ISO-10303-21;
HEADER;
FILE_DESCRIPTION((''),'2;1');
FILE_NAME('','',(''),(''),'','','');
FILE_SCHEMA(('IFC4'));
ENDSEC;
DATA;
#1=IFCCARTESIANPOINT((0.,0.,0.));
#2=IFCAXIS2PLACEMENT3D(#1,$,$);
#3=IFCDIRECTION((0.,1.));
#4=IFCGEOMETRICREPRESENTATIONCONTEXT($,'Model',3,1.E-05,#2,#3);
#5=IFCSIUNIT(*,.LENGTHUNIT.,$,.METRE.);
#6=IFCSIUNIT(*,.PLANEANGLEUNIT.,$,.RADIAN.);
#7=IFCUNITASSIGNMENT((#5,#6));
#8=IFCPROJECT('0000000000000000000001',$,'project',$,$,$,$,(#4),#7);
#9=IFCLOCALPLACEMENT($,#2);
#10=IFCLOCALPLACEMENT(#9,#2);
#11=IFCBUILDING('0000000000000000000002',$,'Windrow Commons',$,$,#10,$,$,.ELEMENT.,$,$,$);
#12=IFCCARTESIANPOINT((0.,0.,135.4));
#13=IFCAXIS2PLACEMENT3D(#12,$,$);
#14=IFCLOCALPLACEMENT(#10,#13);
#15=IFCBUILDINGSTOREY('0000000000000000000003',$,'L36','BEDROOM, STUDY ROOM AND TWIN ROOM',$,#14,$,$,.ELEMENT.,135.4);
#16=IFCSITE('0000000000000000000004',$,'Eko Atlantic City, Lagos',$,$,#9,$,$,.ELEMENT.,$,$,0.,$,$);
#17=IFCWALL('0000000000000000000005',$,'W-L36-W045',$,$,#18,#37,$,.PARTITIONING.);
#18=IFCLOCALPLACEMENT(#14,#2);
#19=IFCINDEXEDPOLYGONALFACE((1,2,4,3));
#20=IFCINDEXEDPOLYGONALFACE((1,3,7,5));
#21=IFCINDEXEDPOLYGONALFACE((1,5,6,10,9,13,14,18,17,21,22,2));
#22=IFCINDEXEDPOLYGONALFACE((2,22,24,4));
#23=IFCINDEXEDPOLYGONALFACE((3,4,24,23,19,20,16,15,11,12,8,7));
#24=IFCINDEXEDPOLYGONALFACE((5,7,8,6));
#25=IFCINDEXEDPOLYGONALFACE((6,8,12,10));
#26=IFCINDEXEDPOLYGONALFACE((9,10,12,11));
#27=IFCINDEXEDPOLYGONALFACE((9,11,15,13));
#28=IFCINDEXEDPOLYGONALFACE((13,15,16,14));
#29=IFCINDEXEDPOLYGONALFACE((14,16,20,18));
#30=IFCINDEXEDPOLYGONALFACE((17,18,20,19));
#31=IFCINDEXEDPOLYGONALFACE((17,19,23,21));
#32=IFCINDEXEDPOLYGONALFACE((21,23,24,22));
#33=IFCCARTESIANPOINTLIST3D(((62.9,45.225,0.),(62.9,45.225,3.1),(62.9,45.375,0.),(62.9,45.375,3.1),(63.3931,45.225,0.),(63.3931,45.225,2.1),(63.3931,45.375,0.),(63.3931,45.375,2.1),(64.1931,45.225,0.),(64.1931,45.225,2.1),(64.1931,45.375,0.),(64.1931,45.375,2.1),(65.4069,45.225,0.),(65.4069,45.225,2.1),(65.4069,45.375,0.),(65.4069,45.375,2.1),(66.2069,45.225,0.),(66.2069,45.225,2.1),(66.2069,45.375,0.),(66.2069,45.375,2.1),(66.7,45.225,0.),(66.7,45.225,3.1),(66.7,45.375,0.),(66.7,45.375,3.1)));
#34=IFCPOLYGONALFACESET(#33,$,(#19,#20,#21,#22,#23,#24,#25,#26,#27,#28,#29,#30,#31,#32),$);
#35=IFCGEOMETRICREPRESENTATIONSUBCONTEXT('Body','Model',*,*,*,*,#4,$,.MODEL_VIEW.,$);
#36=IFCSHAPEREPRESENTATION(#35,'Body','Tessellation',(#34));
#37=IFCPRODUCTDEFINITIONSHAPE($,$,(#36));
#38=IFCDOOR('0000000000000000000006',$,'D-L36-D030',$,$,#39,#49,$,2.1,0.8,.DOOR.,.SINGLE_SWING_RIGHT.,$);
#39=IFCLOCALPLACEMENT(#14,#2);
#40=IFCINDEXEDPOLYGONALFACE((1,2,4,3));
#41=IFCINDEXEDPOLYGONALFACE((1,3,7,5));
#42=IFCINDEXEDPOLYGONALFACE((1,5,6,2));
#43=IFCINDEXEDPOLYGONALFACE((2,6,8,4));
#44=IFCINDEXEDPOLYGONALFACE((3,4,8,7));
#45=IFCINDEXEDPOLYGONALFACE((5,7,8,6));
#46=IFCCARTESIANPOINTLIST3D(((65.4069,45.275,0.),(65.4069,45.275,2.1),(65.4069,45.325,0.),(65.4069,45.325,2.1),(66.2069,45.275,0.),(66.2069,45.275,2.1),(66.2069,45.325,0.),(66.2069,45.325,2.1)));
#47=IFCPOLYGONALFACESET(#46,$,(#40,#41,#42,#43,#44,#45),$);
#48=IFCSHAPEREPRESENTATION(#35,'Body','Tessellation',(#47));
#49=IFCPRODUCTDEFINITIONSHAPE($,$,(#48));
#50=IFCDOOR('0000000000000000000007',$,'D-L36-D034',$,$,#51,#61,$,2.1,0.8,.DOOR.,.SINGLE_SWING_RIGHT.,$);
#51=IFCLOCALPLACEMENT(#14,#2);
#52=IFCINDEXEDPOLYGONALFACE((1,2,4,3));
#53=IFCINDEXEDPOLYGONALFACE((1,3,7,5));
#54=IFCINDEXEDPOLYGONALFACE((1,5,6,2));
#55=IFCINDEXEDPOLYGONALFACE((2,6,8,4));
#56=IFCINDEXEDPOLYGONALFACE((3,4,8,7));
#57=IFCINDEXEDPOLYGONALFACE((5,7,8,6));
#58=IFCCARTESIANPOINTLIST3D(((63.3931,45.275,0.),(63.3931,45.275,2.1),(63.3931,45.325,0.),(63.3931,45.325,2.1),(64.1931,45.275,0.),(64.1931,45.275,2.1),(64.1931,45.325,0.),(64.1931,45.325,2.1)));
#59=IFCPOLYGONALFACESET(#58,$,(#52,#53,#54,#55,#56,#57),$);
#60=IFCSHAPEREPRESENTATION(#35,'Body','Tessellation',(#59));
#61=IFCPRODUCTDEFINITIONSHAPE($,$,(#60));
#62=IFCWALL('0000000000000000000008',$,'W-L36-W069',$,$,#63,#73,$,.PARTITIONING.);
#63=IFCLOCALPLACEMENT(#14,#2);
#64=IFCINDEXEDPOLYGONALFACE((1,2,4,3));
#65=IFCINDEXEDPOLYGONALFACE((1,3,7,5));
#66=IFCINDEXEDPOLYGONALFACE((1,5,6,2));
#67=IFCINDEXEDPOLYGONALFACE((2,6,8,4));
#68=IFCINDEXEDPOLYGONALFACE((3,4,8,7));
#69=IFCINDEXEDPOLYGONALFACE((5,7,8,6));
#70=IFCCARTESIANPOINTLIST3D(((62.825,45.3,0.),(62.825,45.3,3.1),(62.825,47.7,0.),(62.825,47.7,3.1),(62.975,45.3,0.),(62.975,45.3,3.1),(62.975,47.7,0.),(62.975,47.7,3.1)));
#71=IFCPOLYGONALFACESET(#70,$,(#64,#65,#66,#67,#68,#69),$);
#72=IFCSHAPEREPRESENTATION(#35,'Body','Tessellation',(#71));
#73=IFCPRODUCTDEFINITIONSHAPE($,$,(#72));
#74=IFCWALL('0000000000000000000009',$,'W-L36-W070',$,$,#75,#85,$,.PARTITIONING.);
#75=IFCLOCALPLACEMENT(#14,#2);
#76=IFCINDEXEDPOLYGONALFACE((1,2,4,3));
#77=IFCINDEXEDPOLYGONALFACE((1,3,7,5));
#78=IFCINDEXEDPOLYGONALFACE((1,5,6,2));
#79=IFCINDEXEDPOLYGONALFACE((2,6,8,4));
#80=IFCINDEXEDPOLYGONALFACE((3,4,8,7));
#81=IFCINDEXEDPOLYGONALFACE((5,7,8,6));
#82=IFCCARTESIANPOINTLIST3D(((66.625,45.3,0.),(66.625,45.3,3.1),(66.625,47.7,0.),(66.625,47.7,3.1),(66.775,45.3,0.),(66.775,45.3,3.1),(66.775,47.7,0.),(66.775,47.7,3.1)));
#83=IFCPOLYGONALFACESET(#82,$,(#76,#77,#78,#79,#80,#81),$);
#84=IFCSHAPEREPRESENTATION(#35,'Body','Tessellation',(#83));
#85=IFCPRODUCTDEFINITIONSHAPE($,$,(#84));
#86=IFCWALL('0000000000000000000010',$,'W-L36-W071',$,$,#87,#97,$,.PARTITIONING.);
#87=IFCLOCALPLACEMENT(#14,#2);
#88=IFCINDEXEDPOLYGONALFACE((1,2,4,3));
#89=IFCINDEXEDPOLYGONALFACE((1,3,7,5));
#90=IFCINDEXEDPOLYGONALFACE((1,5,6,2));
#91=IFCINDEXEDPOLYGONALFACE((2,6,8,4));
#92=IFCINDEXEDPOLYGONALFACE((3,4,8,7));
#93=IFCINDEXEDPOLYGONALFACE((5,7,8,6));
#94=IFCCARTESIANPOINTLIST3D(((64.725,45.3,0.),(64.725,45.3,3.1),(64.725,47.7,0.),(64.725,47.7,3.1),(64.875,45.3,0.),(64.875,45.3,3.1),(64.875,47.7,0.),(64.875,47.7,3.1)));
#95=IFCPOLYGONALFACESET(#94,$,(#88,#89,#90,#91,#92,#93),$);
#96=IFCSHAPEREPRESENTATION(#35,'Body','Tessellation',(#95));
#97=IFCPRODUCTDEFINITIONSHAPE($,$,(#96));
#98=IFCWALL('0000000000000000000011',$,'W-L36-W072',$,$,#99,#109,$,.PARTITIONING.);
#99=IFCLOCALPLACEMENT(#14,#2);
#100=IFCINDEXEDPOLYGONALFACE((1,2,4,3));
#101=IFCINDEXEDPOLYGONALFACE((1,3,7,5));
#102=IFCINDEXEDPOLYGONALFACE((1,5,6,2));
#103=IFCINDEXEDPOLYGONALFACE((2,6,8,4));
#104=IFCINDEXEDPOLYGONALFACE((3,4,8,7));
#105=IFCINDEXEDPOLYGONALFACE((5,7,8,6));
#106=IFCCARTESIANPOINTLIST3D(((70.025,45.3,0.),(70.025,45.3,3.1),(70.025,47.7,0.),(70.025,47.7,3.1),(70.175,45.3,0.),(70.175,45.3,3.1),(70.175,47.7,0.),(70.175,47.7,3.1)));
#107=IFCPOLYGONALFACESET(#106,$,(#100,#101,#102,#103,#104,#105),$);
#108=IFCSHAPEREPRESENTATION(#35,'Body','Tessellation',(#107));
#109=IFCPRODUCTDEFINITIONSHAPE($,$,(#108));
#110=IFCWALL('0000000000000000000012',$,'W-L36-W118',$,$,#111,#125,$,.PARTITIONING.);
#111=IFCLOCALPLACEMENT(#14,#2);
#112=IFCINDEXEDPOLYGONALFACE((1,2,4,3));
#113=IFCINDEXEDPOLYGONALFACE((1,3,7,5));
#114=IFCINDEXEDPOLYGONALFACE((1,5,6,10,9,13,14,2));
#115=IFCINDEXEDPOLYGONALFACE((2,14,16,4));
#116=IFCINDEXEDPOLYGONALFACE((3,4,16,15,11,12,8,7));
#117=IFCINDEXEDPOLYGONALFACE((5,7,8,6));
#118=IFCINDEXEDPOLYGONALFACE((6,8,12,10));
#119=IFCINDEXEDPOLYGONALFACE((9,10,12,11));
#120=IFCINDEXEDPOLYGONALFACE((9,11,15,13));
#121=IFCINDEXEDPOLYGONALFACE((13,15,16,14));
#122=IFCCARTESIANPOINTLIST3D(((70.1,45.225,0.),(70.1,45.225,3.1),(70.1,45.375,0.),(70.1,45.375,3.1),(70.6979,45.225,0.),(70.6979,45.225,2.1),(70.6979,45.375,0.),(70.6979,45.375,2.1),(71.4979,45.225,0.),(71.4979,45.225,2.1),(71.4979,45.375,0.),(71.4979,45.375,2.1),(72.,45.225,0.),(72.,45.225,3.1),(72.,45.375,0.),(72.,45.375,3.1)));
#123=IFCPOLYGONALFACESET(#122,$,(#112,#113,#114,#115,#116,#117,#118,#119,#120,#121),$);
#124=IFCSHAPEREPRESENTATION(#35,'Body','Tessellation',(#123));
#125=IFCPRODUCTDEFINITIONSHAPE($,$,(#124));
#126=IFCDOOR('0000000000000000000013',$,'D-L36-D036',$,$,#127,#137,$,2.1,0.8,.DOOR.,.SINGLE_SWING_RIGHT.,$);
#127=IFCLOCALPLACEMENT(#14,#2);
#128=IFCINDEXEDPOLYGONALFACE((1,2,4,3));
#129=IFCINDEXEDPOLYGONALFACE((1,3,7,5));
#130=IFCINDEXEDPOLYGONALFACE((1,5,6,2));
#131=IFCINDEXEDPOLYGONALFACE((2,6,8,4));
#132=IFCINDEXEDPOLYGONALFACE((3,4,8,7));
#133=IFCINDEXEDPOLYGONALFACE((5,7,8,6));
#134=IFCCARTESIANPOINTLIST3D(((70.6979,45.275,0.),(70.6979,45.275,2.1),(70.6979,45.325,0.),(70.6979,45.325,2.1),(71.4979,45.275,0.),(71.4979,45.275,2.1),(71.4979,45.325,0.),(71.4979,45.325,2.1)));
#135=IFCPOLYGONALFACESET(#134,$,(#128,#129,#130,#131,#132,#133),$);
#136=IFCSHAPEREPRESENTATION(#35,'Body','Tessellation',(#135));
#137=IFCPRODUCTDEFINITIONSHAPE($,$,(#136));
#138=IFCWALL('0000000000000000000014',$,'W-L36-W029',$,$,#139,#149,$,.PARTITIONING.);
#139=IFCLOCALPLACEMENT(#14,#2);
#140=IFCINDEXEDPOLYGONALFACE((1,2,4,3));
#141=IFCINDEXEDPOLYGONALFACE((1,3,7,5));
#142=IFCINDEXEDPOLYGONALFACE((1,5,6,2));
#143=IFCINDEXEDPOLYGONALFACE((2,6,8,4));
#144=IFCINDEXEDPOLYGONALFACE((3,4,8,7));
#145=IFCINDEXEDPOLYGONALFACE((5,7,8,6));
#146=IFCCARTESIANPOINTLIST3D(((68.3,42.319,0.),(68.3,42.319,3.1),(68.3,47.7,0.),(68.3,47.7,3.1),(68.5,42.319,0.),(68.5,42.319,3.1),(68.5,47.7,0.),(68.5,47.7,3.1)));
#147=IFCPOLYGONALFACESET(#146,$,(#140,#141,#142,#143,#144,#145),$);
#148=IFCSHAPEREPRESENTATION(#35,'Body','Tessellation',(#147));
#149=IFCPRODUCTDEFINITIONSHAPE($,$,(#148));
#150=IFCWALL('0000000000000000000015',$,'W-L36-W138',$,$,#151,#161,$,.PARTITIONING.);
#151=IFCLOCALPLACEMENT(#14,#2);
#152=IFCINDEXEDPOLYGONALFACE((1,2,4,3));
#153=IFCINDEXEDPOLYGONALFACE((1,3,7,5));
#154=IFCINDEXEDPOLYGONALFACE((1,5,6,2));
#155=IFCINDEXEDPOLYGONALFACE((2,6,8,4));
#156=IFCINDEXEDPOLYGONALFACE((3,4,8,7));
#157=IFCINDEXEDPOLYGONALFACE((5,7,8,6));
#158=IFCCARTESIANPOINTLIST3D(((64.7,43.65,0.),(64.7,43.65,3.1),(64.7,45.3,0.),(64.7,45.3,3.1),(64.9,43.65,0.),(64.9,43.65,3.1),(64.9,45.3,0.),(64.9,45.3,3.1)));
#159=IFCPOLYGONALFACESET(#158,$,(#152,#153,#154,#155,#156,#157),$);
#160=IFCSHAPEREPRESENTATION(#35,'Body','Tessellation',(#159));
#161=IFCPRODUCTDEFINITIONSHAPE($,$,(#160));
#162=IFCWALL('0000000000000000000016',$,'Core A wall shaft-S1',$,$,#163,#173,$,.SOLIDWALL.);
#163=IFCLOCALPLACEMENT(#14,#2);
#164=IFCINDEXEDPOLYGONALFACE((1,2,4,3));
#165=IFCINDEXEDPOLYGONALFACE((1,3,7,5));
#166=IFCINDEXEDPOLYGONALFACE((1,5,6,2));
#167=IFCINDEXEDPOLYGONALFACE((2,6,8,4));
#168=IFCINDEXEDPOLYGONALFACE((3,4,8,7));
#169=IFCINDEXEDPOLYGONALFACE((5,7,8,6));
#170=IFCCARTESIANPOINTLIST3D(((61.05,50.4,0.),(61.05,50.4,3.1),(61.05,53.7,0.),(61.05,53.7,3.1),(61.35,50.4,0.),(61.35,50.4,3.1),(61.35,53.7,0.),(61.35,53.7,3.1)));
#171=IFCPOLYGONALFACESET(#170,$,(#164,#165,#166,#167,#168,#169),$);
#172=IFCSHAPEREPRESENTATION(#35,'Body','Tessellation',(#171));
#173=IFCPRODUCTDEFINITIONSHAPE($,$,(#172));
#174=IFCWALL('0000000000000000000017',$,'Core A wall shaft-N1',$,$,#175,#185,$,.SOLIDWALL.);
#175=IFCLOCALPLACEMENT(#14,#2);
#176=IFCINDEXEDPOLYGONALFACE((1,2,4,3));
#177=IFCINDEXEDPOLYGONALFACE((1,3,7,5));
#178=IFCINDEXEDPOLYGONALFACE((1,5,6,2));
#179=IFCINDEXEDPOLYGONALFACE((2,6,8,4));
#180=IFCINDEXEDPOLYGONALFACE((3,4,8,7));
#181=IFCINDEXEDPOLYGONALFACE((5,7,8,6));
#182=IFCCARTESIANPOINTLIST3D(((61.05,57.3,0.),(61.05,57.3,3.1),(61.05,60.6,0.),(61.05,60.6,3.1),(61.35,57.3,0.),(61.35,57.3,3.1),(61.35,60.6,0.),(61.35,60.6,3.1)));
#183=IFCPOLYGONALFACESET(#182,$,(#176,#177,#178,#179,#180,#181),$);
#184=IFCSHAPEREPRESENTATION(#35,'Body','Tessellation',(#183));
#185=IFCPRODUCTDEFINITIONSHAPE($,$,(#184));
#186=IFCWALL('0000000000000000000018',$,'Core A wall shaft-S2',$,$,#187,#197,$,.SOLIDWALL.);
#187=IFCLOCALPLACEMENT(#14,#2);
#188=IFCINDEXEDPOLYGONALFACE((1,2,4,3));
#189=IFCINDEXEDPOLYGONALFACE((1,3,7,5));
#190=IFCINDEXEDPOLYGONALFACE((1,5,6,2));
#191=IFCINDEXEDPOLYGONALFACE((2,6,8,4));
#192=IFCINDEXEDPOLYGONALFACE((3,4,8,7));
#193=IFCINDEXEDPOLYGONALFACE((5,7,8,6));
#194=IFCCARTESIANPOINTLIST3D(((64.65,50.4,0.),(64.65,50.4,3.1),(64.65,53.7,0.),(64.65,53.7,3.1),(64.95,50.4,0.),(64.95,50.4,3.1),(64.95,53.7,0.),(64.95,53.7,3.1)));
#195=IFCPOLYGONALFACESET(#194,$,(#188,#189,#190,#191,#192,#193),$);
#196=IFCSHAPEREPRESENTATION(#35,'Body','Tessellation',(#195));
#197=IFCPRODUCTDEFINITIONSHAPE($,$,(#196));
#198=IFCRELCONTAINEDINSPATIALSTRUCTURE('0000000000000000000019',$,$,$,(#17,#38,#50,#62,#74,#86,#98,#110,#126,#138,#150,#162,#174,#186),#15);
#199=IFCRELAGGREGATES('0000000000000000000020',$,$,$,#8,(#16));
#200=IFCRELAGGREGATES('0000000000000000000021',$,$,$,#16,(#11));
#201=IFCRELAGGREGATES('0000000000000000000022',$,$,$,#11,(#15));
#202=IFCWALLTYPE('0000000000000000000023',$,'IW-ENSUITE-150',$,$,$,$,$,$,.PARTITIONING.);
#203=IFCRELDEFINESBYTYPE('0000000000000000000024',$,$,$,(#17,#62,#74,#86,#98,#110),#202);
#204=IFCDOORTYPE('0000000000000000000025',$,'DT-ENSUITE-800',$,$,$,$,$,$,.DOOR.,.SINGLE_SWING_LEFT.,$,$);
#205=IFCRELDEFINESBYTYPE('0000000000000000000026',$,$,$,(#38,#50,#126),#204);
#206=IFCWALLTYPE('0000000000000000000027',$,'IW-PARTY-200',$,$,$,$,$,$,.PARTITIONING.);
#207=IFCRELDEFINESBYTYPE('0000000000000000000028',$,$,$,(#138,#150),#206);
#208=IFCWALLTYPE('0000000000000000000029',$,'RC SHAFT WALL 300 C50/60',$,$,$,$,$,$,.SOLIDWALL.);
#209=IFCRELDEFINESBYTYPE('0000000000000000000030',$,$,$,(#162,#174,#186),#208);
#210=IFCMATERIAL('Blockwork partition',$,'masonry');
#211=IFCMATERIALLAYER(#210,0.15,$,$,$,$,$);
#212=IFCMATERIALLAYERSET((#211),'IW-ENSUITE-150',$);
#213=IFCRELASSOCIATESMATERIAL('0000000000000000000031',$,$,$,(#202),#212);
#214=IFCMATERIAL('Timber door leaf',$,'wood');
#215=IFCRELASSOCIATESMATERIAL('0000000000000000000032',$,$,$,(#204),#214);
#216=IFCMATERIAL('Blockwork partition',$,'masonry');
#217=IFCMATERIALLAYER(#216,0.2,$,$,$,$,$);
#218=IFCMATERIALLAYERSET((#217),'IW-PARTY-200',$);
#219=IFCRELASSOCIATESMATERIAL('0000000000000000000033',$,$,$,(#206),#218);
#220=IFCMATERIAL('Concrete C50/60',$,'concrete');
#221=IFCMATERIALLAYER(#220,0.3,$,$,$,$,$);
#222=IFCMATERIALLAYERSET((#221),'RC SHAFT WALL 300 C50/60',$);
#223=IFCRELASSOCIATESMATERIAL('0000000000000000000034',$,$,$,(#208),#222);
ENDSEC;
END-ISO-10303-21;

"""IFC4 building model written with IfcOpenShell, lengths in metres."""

from ifc_helpers import new_model, si_unit, direction, frame, frame_2d, origin, place, context, subcontext, project, spatial, rectangle, extrude, material, layer, layer_set, type_object, element, fill, save


model = new_model("IFC4")

# Units and contexts
model_context = context("Model", 3, precision=1e-05, world=origin(), true_north=direction((0.0, 1.0)))
body_context = subcontext(model_context, "Body", "Model", "MODEL_VIEW")
ifc_project = project(units=[si_unit("LENGTHUNIT", "METRE"), si_unit("PLANEANGLEUNIT", "RADIAN")], contexts=[model_context])

# Site, building, storey
site_placement = place(None, origin())
site = spatial("IfcSite", under=ifc_project, at=site_placement, Name="Eko Atlantic City, Lagos", CompositionType="ELEMENT", RefElevation=0.0)
building_placement = place(site_placement, origin())
building = spatial("IfcBuilding", under=site, at=building_placement, Name="Windrow Commons", CompositionType="ELEMENT")
storey_placement = place(building_placement, frame((0.0, 0.0, 135.4)))
storey = spatial("IfcBuildingStorey", under=building, at=storey_placement, Name="L36", Description="BEDROOM, STUDY ROOM AND TWIN ROOM", CompositionType="ELEMENT", Elevation=135.4)

# Wall, openings, doors
ifc_material_1 = material(Name="Blockwork partition", Category="masonry")
ifc_layer_1 = layer(ifc_material_1, 0.15)
ifc_layer_set_1 = layer_set([ifc_layer_1], Name="IW-ENSUITE-150")
wall_type_1 = type_object("IfcWallType", Name="IW-ENSUITE-150", PredefinedType="PARTITIONING", material=ifc_layer_set_1)
wall_1_placement = place(storey_placement, frame((62.9, 45.3, 0.0), z_axis=(0.0, 0.0, 1.0), x_axis=(1.0, 0.0, 0.0)))
wall_1 = element("IfcWall", 1, at=wall_1_placement, inside=storey, type_object=wall_type_1, Name="W-L36-W045", PredefinedType="PARTITIONING", context=body_context, shape_type="SweptSolid", body=[
    extrude(rectangle(XDim=3.8, YDim=0.15, at=frame_2d((1.9, 0.0))), origin(), (0.0, 0.0, 1.0), 3.1),
])
opening_1_placement = place(wall_1_placement, frame((2.5069, 0.0, 0.0)))
opening_1 = element("IfcOpeningElement", 2, at=opening_1_placement, cuts=wall_1, PredefinedType="OPENING", context=body_context, shape_type="SweptSolid", body=[
    extrude(rectangle(XDim=0.8, YDim=2.1, at=frame_2d((0.4, 1.05))), frame((0.0, 0.085, 0.0), z_axis=(0.0, -1.0, 0.0), x_axis=(1.0, 0.0, 0.0)), (0.0, 0.0, 1.0), 0.17),
])
opening_2_placement = place(wall_1_placement, frame((0.4931, 0.0, 0.0)))
opening_2 = element("IfcOpeningElement", 3, at=opening_2_placement, cuts=wall_1, PredefinedType="OPENING", context=body_context, shape_type="SweptSolid", body=[
    extrude(rectangle(XDim=0.8, YDim=2.1, at=frame_2d((0.4, 1.05))), frame((0.0, 0.085, 0.0), z_axis=(0.0, -1.0, 0.0), x_axis=(1.0, 0.0, 0.0)), (0.0, 0.0, 1.0), 0.17),
])
ifc_material_2 = material(Name="Timber door leaf", Category="wood")
door_type = type_object("IfcDoorType", Name="DT-ENSUITE-800", OperationType="SINGLE_SWING_LEFT", PredefinedType="DOOR", material=ifc_material_2)
door_1_placement = place(opening_1_placement, origin())
door_1 = element("IfcDoor", 4, at=door_1_placement, inside=storey, type_object=door_type, Name="D-L36-D030", OperationType="SINGLE_SWING_RIGHT", OverallHeight=2.1, OverallWidth=0.8, PredefinedType="DOOR", context=body_context, shape_type="SweptSolid", body=[
    extrude(rectangle(XDim=0.8, YDim=2.1, at=frame_2d((0.4, 1.05))), frame((0.0, 0.025, 0.0), z_axis=(0.0, -1.0, 0.0), x_axis=(1.0, 0.0, 0.0)), (0.0, 0.0, 1.0), 0.05),
])
fill(opening_1, door_1)
door_2_placement = place(opening_2_placement, origin())
door_2 = element("IfcDoor", 5, at=door_2_placement, inside=storey, type_object=door_type, Name="D-L36-D034", OperationType="SINGLE_SWING_RIGHT", OverallHeight=2.1, OverallWidth=0.8, PredefinedType="DOOR", context=body_context, shape_type="SweptSolid", body=[
    extrude(rectangle(XDim=0.8, YDim=2.1, at=frame_2d((0.4, 1.05))), frame((0.0, 0.025, 0.0), z_axis=(0.0, -1.0, 0.0), x_axis=(1.0, 0.0, 0.0)), (0.0, 0.0, 1.0), 0.05),
])
fill(opening_2, door_2)

# Walls
for number, where, z_axis, x_axis, name in (
    (6, (62.9, 45.3, 0.0), (0.0, 0.0, 1.0), (0.0, 1.0, 0.0), "W-L36-W069"),
    (7, (66.7, 45.3, 0.0), (0.0, 0.0, 1.0), (0.0, 1.0, 0.0), "W-L36-W070"),
    (8, (64.8, 45.3, 0.0), (0.0, 0.0, 1.0), (0.0, 1.0, 0.0), "W-L36-W071"),
    (9, (70.1, 45.3, 0.0), (0.0, 0.0, 1.0), (0.0, 1.0, 0.0), "W-L36-W072"),
):
    element("IfcWall", number, at=place(storey_placement, frame(where, z_axis=z_axis, x_axis=x_axis)), inside=storey, type_object=wall_type_1, Name=name, PredefinedType="PARTITIONING", context=body_context, shape_type="SweptSolid", body=[
        extrude(rectangle(XDim=2.4, YDim=0.15, at=frame_2d((1.2, 0.0))), origin(), (0.0, 0.0, 1.0), 3.1),
    ])

# Wall, opening, door
wall_2_placement = place(storey_placement, frame((70.1, 45.3, 0.0), z_axis=(0.0, 0.0, 1.0), x_axis=(1.0, 0.0, 0.0)))
wall_2 = element("IfcWall", 10, at=wall_2_placement, inside=storey, type_object=wall_type_1, Name="W-L36-W118", PredefinedType="PARTITIONING", context=body_context, shape_type="SweptSolid", body=[
    extrude(rectangle(XDim=1.9, YDim=0.15, at=frame_2d((0.95, 0.0))), origin(), (0.0, 0.0, 1.0), 3.1),
])
opening_3_placement = place(wall_2_placement, frame((0.5979, 0.0, 0.0)))
opening_3 = element("IfcOpeningElement", 11, at=opening_3_placement, cuts=wall_2, PredefinedType="OPENING", context=body_context, shape_type="SweptSolid", body=[
    extrude(rectangle(XDim=0.8, YDim=2.1, at=frame_2d((0.4, 1.05))), frame((0.0, 0.085, 0.0), z_axis=(0.0, -1.0, 0.0), x_axis=(1.0, 0.0, 0.0)), (0.0, 0.0, 1.0), 0.17),
])
door_3_placement = place(opening_3_placement, origin())
door_3 = element("IfcDoor", 12, at=door_3_placement, inside=storey, type_object=door_type, Name="D-L36-D036", OperationType="SINGLE_SWING_RIGHT", OverallHeight=2.1, OverallWidth=0.8, PredefinedType="DOOR", context=body_context, shape_type="SweptSolid", body=[
    extrude(rectangle(XDim=0.8, YDim=2.1, at=frame_2d((0.4, 1.05))), frame((0.0, 0.025, 0.0), z_axis=(0.0, -1.0, 0.0), x_axis=(1.0, 0.0, 0.0)), (0.0, 0.0, 1.0), 0.05),
])
fill(opening_3, door_3)

# Walls
ifc_material_3 = material(Name="Blockwork partition", Category="masonry")
ifc_layer_2 = layer(ifc_material_3, 0.2)
ifc_layer_set_2 = layer_set([ifc_layer_2], Name="IW-PARTY-200")
wall_type_2 = type_object("IfcWallType", Name="IW-PARTY-200", PredefinedType="PARTITIONING", material=ifc_layer_set_2)
wall_3_placement = place(storey_placement, frame((68.4, 42.3191, 0.0), z_axis=(0.0, 0.0, 1.0), x_axis=(0.0, 1.0, 0.0)))
element("IfcWall", 13, at=wall_3_placement, inside=storey, type_object=wall_type_2, Name="W-L36-W029", PredefinedType="PARTITIONING", context=body_context, shape_type="SweptSolid", body=[
    extrude(rectangle(XDim=5.3809, YDim=0.2, at=frame_2d((2.6904, 0.0))), origin(), (0.0, 0.0, 1.0), 3.1),
])
wall_4_placement = place(storey_placement, frame((64.8, 43.65, 0.0), z_axis=(0.0, 0.0, 1.0), x_axis=(0.0, 1.0, 0.0)))
element("IfcWall", 14, at=wall_4_placement, inside=storey, type_object=wall_type_2, Name="W-L36-W138", PredefinedType="PARTITIONING", context=body_context, shape_type="SweptSolid", body=[
    extrude(rectangle(XDim=1.65, YDim=0.2, at=frame_2d((0.825, 0.0))), origin(), (0.0, 0.0, 1.0), 3.1),
])
ifc_material_4 = material(Name="Concrete C50/60", Category="concrete")
ifc_layer_3 = layer(ifc_material_4, 0.3)
ifc_layer_set_3 = layer_set([ifc_layer_3], Name="RC SHAFT WALL 300 C50/60")
wall_type_3 = type_object("IfcWallType", Name="RC SHAFT WALL 300 C50/60", PredefinedType="SOLIDWALL", material=ifc_layer_set_3)
for number, where, z_axis, x_axis, name in (
    (15, (61.2, 50.4, 0.0), (0.0, 0.0, 1.0), (0.0, 1.0, 0.0), "Core A wall shaft-S1"),
    (16, (61.2, 57.3, 0.0), (0.0, 0.0, 1.0), (0.0, 1.0, 0.0), "Core A wall shaft-N1"),
    (17, (64.8, 50.4, 0.0), (0.0, 0.0, 1.0), (0.0, 1.0, 0.0), "Core A wall shaft-S2"),
):
    element("IfcWall", number, at=place(storey_placement, frame(where, z_axis=z_axis, x_axis=x_axis)), inside=storey, type_object=wall_type_3, Name=name, PredefinedType="SOLIDWALL", context=body_context, shape_type="SweptSolid", body=[
        extrude(rectangle(XDim=3.3, YDim=0.3, at=frame_2d((1.65, 0.0))), origin(), (0.0, 0.0, 1.0), 3.1),
    ])

save(model, "model.ifc")
